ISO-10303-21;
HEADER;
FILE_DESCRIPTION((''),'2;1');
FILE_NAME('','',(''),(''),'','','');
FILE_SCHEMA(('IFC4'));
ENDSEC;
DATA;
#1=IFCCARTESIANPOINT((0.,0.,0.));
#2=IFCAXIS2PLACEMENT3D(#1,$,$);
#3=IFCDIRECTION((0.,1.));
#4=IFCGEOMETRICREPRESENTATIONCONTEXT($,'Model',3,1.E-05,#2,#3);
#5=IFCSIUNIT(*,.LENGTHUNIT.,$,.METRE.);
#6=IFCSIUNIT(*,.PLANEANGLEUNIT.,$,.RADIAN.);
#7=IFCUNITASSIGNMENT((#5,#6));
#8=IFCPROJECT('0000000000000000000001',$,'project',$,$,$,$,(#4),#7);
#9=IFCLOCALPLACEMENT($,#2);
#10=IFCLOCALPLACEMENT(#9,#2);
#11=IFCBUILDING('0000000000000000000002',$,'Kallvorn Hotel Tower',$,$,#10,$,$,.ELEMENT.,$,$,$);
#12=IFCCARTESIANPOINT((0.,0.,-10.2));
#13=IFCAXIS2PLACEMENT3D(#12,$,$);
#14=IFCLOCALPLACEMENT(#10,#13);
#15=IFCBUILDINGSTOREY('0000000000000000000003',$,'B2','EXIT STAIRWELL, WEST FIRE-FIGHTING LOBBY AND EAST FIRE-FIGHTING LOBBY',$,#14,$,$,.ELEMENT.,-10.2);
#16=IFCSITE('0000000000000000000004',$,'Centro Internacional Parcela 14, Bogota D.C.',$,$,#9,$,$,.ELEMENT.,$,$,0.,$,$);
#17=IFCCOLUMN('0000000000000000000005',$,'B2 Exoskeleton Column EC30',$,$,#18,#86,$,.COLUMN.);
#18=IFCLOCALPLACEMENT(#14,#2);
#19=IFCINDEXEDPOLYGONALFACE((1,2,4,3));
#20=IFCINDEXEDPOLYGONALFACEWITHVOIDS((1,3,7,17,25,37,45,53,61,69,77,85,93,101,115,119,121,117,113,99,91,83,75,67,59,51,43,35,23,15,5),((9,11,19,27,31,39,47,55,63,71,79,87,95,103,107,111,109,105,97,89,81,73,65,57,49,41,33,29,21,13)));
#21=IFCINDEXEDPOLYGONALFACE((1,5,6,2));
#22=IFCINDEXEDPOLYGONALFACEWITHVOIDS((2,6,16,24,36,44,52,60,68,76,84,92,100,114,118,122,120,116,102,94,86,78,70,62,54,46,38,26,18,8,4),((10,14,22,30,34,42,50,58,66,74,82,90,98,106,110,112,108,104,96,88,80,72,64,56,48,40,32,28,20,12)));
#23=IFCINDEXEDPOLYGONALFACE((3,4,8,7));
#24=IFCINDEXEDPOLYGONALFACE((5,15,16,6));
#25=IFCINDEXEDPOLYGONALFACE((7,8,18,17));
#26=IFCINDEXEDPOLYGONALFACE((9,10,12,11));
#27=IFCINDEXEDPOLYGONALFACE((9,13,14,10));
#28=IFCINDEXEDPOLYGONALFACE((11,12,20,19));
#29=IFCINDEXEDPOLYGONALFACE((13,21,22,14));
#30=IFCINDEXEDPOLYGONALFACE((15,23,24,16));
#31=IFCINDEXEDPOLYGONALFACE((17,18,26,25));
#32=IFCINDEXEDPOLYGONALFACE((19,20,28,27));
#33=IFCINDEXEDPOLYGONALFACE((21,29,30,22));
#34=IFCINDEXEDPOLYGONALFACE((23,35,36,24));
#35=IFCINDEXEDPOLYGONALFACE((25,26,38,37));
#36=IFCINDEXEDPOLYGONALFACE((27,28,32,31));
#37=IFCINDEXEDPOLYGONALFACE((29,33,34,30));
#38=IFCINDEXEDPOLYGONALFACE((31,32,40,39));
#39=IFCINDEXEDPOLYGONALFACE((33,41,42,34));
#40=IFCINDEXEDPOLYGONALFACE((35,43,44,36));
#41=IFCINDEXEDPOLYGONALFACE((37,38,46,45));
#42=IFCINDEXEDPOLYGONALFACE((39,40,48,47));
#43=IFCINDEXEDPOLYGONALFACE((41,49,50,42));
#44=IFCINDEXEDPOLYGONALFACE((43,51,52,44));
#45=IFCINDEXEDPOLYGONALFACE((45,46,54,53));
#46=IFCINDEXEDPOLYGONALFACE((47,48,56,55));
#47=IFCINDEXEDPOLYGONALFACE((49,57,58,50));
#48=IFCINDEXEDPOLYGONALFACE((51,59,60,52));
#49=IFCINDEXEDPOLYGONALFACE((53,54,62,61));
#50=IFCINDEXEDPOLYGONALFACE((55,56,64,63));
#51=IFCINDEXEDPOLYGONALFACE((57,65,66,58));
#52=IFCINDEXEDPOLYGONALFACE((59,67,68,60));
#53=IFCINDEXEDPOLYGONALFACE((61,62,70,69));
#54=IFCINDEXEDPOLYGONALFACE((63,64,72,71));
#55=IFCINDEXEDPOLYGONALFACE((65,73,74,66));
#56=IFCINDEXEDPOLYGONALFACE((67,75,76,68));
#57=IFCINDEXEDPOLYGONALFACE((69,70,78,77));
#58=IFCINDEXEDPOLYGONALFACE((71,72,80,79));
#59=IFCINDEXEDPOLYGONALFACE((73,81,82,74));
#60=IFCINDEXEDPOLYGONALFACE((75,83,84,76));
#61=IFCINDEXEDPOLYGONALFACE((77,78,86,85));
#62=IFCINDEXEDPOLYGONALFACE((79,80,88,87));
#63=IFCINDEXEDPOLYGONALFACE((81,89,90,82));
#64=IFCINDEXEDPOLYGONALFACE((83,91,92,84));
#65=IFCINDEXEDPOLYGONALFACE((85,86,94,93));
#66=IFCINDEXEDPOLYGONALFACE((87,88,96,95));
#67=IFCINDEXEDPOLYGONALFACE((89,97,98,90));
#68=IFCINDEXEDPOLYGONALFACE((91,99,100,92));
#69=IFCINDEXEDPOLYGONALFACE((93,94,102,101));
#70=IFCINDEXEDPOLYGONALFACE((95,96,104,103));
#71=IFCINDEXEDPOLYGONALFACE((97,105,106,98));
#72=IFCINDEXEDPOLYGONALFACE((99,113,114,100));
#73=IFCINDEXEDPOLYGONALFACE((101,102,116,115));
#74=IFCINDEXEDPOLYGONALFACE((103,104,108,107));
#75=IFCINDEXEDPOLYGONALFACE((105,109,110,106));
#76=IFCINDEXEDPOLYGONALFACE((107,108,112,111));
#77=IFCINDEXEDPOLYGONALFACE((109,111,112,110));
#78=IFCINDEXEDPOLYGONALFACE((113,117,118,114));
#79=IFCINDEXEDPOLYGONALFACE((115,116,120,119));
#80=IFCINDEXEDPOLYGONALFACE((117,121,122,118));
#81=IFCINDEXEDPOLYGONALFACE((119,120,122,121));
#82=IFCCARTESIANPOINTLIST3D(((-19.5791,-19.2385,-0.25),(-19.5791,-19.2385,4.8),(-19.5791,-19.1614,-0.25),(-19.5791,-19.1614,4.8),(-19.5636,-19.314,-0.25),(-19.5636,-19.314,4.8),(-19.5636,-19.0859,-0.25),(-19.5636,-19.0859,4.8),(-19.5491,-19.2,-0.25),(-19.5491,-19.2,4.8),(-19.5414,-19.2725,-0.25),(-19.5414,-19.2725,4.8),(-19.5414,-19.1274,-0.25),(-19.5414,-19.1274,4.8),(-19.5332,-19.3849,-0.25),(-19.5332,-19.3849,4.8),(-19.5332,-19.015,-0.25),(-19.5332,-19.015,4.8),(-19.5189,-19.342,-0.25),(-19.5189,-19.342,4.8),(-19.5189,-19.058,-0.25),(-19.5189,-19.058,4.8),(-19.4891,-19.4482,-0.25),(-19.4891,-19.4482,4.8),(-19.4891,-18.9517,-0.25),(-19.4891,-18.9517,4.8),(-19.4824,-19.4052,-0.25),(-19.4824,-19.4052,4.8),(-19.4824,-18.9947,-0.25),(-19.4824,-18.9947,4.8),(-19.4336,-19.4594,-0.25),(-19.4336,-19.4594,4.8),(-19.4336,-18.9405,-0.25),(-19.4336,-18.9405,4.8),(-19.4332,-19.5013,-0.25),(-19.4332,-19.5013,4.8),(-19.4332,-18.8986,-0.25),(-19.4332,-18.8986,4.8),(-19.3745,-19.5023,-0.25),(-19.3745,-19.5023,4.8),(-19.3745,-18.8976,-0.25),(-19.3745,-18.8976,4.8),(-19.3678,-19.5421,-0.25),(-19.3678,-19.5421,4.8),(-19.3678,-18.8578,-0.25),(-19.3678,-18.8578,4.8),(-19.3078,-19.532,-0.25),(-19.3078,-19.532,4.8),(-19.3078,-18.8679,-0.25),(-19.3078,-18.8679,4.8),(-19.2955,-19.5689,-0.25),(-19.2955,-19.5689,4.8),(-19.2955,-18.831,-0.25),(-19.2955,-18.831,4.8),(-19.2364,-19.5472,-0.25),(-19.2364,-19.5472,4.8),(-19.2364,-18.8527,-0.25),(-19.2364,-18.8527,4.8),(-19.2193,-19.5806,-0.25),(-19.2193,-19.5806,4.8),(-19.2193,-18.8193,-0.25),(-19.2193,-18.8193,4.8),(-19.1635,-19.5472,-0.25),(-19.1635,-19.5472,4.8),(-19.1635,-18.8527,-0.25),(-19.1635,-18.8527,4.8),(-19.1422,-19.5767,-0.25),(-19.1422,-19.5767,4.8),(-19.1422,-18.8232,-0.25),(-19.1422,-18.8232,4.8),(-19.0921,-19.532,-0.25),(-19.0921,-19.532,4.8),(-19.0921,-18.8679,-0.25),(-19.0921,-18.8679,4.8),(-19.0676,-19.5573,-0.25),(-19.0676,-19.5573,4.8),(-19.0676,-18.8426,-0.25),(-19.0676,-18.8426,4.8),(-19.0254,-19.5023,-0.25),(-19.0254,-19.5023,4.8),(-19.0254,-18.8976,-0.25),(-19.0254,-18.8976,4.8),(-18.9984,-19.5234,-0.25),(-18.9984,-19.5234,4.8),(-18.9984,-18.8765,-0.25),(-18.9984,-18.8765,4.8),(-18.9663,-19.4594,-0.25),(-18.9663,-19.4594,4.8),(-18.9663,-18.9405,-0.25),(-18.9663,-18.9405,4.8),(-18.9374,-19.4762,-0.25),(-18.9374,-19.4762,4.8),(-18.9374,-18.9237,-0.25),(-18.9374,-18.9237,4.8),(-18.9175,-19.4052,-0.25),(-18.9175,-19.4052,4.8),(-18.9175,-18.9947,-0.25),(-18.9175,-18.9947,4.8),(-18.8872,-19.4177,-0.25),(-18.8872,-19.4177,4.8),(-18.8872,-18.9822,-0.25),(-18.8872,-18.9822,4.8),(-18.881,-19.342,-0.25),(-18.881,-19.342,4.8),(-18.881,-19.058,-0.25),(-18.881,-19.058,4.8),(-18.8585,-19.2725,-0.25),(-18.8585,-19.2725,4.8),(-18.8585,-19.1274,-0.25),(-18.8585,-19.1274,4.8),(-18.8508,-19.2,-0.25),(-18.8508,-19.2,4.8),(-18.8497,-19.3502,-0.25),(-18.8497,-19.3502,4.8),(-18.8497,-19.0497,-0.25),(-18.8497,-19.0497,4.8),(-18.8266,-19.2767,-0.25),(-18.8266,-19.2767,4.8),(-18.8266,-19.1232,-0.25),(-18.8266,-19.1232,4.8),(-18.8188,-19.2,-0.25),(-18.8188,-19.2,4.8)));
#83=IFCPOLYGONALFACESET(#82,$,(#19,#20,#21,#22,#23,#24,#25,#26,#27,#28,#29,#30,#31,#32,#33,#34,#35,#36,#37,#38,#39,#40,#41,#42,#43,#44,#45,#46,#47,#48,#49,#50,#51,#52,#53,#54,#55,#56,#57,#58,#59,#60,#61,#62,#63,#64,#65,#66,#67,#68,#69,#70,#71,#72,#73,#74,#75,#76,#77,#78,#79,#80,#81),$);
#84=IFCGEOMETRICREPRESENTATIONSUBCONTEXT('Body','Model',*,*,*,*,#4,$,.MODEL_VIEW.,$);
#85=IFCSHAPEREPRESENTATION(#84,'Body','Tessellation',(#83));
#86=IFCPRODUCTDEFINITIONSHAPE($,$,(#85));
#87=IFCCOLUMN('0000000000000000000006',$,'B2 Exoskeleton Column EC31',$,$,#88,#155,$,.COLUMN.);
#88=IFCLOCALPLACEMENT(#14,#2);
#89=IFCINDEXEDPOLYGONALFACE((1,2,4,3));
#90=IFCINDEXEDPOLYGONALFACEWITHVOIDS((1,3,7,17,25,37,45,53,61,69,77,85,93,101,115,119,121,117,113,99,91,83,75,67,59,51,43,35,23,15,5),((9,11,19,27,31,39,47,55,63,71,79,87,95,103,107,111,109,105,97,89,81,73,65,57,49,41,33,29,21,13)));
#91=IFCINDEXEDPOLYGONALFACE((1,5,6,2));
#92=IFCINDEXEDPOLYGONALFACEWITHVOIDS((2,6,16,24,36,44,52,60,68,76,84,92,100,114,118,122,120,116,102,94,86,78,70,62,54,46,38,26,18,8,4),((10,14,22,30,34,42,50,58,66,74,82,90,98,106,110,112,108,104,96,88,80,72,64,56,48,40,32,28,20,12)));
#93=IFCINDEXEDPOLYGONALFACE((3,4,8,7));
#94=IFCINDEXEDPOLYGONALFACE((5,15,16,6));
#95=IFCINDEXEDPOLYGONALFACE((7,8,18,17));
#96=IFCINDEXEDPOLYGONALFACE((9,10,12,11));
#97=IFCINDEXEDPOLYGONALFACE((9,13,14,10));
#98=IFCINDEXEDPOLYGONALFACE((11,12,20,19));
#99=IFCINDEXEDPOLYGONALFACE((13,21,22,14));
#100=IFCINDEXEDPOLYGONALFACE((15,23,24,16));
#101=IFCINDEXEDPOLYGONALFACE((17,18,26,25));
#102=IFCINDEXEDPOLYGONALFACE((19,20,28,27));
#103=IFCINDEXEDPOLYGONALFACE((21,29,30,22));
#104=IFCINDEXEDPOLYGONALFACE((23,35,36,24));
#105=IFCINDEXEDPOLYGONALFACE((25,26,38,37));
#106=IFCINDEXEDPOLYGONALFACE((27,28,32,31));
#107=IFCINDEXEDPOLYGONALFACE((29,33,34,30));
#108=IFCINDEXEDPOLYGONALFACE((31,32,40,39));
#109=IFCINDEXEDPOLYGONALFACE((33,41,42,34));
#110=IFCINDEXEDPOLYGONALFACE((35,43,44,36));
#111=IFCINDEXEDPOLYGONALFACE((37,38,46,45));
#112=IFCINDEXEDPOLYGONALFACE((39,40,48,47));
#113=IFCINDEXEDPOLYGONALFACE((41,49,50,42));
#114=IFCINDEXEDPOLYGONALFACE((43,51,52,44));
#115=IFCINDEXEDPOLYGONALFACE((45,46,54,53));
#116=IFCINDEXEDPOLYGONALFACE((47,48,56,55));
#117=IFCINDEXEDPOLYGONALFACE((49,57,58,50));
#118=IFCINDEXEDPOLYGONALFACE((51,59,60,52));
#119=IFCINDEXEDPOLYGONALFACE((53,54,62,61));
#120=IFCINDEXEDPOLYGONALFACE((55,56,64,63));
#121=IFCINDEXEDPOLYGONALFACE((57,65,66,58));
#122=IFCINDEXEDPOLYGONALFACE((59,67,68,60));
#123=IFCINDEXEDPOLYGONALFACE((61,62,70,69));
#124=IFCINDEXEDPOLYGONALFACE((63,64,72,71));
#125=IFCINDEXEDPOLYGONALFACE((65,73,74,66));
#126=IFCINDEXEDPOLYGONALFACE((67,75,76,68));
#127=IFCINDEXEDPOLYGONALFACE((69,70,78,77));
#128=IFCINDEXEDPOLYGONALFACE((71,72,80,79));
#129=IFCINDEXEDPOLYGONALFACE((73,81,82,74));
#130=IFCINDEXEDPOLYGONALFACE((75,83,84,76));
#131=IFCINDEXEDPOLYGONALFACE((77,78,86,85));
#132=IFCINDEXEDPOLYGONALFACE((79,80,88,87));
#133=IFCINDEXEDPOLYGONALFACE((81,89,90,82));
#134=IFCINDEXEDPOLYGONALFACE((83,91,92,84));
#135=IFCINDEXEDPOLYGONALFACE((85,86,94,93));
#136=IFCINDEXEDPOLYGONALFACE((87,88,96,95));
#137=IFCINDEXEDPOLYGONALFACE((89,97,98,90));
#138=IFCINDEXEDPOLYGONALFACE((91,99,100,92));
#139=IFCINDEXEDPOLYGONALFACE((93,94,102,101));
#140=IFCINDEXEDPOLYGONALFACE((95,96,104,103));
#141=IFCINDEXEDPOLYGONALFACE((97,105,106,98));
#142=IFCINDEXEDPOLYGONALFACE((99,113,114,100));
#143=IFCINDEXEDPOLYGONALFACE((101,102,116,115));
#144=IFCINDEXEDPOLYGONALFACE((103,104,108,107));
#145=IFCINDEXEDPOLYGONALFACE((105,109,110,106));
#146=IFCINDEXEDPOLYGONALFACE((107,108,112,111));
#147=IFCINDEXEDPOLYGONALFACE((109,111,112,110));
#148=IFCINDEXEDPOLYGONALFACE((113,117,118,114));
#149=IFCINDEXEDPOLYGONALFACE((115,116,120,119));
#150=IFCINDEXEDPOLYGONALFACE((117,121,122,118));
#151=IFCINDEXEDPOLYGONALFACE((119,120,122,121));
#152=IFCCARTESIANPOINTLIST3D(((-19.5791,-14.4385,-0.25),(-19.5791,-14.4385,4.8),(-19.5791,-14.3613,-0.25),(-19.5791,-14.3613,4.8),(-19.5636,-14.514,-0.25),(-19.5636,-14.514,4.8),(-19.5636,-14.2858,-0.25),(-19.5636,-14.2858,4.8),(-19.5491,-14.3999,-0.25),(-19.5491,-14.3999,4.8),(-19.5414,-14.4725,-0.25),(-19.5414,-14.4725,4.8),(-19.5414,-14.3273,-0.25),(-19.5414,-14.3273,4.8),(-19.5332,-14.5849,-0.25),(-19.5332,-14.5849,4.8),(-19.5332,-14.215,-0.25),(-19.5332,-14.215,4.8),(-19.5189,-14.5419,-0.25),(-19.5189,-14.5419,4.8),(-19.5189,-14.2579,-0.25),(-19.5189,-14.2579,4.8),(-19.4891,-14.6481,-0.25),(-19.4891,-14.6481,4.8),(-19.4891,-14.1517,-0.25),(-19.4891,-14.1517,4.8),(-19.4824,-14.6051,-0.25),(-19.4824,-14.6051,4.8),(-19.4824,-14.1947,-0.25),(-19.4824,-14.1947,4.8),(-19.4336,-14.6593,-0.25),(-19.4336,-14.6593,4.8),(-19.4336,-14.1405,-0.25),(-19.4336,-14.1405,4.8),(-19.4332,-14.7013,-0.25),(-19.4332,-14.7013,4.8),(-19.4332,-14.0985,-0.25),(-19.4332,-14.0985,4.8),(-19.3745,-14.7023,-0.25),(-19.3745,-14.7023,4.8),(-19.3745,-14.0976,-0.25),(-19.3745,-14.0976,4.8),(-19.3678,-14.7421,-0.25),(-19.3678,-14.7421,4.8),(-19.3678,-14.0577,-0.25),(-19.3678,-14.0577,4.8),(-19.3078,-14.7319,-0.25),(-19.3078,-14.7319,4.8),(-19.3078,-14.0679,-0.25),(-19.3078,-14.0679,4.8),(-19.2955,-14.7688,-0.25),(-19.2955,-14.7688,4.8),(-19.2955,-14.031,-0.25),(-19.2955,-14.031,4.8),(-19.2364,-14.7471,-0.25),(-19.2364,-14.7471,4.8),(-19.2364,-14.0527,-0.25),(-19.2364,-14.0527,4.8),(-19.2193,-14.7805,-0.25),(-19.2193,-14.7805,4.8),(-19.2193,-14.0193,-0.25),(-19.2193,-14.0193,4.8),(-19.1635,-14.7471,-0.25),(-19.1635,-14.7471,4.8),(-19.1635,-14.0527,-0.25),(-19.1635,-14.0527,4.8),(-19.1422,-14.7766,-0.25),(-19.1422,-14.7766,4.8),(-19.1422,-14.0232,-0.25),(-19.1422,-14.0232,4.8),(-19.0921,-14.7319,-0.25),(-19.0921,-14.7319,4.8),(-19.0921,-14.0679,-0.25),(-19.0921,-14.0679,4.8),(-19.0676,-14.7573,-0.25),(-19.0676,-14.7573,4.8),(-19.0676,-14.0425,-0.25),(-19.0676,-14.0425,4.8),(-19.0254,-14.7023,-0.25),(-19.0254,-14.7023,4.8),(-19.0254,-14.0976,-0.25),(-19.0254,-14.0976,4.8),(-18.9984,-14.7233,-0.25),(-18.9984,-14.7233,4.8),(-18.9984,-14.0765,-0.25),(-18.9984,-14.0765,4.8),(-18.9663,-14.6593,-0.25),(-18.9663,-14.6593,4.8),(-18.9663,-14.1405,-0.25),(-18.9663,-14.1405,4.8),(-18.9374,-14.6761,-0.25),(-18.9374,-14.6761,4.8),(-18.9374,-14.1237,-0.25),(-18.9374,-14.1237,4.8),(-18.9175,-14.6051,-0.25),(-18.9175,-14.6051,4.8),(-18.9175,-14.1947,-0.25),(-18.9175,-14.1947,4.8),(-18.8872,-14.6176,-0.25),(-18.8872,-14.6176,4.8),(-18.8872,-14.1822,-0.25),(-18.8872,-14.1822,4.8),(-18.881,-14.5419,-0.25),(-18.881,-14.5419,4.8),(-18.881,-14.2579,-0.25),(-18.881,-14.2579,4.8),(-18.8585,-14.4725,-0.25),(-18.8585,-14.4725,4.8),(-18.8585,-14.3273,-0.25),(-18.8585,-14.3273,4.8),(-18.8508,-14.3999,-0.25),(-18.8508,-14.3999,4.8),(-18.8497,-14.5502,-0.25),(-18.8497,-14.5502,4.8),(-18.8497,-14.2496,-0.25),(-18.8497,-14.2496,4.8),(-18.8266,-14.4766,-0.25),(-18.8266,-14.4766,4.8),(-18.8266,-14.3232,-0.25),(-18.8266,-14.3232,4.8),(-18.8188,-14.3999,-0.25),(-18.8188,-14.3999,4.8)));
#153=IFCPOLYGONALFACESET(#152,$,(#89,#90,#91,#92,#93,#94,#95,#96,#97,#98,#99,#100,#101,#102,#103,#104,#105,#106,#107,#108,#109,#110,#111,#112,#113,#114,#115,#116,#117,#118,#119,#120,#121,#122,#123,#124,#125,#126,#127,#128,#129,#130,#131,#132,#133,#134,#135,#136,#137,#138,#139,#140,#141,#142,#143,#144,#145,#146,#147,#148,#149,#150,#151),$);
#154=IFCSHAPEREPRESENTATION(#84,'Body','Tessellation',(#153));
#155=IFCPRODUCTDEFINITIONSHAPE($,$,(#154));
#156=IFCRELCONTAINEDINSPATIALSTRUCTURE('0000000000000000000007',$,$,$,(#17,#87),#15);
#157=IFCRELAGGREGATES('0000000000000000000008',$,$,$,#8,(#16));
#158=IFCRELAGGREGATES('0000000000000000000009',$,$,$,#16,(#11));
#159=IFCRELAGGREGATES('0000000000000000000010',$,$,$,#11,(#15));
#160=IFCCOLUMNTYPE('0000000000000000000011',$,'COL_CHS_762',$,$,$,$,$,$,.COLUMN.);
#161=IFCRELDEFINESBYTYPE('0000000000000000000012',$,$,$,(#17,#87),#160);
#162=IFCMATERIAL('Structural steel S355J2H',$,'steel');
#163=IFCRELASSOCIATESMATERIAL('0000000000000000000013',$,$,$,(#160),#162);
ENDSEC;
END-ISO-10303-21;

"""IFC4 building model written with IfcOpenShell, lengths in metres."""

from ifc_helpers import new_model, si_unit, direction, frame, origin, origin_2d, place, context, subcontext, project, spatial, hollow_circle, extrude, material, material_profile, profile_set, type_object, element, save


model = new_model("IFC4")

# Units and contexts
model_context = context("Model", 3, precision=1e-05, world=origin(), true_north=direction((0.0, 1.0)))
body_context = subcontext(model_context, "Body", "Model", "MODEL_VIEW")
ifc_project = project(units=[si_unit("LENGTHUNIT", "METRE"), si_unit("PLANEANGLEUNIT", "RADIAN")], contexts=[model_context])

# Site, building, storey
site_placement = place(None, origin())
site = spatial("IfcSite", under=ifc_project, at=site_placement, Name="Centro Internacional Parcela 14, Bogota D.C.", CompositionType="ELEMENT", RefElevation=0.0)
building_placement = place(site_placement, origin())
building = spatial("IfcBuilding", under=site, at=building_placement, Name="Kallvorn Hotel Tower", CompositionType="ELEMENT")
storey_placement = place(building_placement, frame((0.0, 0.0, -10.2)))
storey = spatial("IfcBuildingStorey", under=building, at=storey_placement, Name="B2", Description="EXIT STAIRWELL, WEST FIRE-FIGHTING LOBBY AND EAST FIRE-FIGHTING LOBBY", CompositionType="ELEMENT", Elevation=-10.2)

# Columns
ifc_material_1 = material(Name="Structural steel S355J2H", Category="steel")
ifc_material_profile_1 = material_profile(ifc_material_1, hollow_circle(Radius=0.3811, WallThickness=0.032, at=origin_2d()), Name="CHS 762x32")
ifc_profile_set_1 = profile_set([ifc_material_profile_1], Name="Structural steel S355J2H")
column_type_1 = type_object("IfcColumnType", Name="COL_CHS_762", PredefinedType="COLUMN", material=ifc_profile_set_1)
for number, where, z_axis, x_axis, name in (
    (1, (-19.2, -19.2, -0.25), (0.0, 0.0, 1.0), (1.0, 0.0, 0.0), "B2 Exoskeleton Column EC30"),
    (2, (-19.2, -14.3999, -0.25), (0.0, 0.0, 1.0), (1.0, 0.0, 0.0), "B2 Exoskeleton Column EC31"),
):
    element("IfcColumn", number, at=place(storey_placement, frame(where, z_axis=z_axis, x_axis=x_axis)), inside=storey, type_object=column_type_1, Name=name, PredefinedType="COLUMN", context=body_context, shape_type="SweptSolid", body=[
        extrude(hollow_circle(Radius=0.3811, WallThickness=0.032, at=origin_2d()), origin(), (0.0, 0.0, 1.0), 5.05),
    ])

save(model, "model.ifc")
